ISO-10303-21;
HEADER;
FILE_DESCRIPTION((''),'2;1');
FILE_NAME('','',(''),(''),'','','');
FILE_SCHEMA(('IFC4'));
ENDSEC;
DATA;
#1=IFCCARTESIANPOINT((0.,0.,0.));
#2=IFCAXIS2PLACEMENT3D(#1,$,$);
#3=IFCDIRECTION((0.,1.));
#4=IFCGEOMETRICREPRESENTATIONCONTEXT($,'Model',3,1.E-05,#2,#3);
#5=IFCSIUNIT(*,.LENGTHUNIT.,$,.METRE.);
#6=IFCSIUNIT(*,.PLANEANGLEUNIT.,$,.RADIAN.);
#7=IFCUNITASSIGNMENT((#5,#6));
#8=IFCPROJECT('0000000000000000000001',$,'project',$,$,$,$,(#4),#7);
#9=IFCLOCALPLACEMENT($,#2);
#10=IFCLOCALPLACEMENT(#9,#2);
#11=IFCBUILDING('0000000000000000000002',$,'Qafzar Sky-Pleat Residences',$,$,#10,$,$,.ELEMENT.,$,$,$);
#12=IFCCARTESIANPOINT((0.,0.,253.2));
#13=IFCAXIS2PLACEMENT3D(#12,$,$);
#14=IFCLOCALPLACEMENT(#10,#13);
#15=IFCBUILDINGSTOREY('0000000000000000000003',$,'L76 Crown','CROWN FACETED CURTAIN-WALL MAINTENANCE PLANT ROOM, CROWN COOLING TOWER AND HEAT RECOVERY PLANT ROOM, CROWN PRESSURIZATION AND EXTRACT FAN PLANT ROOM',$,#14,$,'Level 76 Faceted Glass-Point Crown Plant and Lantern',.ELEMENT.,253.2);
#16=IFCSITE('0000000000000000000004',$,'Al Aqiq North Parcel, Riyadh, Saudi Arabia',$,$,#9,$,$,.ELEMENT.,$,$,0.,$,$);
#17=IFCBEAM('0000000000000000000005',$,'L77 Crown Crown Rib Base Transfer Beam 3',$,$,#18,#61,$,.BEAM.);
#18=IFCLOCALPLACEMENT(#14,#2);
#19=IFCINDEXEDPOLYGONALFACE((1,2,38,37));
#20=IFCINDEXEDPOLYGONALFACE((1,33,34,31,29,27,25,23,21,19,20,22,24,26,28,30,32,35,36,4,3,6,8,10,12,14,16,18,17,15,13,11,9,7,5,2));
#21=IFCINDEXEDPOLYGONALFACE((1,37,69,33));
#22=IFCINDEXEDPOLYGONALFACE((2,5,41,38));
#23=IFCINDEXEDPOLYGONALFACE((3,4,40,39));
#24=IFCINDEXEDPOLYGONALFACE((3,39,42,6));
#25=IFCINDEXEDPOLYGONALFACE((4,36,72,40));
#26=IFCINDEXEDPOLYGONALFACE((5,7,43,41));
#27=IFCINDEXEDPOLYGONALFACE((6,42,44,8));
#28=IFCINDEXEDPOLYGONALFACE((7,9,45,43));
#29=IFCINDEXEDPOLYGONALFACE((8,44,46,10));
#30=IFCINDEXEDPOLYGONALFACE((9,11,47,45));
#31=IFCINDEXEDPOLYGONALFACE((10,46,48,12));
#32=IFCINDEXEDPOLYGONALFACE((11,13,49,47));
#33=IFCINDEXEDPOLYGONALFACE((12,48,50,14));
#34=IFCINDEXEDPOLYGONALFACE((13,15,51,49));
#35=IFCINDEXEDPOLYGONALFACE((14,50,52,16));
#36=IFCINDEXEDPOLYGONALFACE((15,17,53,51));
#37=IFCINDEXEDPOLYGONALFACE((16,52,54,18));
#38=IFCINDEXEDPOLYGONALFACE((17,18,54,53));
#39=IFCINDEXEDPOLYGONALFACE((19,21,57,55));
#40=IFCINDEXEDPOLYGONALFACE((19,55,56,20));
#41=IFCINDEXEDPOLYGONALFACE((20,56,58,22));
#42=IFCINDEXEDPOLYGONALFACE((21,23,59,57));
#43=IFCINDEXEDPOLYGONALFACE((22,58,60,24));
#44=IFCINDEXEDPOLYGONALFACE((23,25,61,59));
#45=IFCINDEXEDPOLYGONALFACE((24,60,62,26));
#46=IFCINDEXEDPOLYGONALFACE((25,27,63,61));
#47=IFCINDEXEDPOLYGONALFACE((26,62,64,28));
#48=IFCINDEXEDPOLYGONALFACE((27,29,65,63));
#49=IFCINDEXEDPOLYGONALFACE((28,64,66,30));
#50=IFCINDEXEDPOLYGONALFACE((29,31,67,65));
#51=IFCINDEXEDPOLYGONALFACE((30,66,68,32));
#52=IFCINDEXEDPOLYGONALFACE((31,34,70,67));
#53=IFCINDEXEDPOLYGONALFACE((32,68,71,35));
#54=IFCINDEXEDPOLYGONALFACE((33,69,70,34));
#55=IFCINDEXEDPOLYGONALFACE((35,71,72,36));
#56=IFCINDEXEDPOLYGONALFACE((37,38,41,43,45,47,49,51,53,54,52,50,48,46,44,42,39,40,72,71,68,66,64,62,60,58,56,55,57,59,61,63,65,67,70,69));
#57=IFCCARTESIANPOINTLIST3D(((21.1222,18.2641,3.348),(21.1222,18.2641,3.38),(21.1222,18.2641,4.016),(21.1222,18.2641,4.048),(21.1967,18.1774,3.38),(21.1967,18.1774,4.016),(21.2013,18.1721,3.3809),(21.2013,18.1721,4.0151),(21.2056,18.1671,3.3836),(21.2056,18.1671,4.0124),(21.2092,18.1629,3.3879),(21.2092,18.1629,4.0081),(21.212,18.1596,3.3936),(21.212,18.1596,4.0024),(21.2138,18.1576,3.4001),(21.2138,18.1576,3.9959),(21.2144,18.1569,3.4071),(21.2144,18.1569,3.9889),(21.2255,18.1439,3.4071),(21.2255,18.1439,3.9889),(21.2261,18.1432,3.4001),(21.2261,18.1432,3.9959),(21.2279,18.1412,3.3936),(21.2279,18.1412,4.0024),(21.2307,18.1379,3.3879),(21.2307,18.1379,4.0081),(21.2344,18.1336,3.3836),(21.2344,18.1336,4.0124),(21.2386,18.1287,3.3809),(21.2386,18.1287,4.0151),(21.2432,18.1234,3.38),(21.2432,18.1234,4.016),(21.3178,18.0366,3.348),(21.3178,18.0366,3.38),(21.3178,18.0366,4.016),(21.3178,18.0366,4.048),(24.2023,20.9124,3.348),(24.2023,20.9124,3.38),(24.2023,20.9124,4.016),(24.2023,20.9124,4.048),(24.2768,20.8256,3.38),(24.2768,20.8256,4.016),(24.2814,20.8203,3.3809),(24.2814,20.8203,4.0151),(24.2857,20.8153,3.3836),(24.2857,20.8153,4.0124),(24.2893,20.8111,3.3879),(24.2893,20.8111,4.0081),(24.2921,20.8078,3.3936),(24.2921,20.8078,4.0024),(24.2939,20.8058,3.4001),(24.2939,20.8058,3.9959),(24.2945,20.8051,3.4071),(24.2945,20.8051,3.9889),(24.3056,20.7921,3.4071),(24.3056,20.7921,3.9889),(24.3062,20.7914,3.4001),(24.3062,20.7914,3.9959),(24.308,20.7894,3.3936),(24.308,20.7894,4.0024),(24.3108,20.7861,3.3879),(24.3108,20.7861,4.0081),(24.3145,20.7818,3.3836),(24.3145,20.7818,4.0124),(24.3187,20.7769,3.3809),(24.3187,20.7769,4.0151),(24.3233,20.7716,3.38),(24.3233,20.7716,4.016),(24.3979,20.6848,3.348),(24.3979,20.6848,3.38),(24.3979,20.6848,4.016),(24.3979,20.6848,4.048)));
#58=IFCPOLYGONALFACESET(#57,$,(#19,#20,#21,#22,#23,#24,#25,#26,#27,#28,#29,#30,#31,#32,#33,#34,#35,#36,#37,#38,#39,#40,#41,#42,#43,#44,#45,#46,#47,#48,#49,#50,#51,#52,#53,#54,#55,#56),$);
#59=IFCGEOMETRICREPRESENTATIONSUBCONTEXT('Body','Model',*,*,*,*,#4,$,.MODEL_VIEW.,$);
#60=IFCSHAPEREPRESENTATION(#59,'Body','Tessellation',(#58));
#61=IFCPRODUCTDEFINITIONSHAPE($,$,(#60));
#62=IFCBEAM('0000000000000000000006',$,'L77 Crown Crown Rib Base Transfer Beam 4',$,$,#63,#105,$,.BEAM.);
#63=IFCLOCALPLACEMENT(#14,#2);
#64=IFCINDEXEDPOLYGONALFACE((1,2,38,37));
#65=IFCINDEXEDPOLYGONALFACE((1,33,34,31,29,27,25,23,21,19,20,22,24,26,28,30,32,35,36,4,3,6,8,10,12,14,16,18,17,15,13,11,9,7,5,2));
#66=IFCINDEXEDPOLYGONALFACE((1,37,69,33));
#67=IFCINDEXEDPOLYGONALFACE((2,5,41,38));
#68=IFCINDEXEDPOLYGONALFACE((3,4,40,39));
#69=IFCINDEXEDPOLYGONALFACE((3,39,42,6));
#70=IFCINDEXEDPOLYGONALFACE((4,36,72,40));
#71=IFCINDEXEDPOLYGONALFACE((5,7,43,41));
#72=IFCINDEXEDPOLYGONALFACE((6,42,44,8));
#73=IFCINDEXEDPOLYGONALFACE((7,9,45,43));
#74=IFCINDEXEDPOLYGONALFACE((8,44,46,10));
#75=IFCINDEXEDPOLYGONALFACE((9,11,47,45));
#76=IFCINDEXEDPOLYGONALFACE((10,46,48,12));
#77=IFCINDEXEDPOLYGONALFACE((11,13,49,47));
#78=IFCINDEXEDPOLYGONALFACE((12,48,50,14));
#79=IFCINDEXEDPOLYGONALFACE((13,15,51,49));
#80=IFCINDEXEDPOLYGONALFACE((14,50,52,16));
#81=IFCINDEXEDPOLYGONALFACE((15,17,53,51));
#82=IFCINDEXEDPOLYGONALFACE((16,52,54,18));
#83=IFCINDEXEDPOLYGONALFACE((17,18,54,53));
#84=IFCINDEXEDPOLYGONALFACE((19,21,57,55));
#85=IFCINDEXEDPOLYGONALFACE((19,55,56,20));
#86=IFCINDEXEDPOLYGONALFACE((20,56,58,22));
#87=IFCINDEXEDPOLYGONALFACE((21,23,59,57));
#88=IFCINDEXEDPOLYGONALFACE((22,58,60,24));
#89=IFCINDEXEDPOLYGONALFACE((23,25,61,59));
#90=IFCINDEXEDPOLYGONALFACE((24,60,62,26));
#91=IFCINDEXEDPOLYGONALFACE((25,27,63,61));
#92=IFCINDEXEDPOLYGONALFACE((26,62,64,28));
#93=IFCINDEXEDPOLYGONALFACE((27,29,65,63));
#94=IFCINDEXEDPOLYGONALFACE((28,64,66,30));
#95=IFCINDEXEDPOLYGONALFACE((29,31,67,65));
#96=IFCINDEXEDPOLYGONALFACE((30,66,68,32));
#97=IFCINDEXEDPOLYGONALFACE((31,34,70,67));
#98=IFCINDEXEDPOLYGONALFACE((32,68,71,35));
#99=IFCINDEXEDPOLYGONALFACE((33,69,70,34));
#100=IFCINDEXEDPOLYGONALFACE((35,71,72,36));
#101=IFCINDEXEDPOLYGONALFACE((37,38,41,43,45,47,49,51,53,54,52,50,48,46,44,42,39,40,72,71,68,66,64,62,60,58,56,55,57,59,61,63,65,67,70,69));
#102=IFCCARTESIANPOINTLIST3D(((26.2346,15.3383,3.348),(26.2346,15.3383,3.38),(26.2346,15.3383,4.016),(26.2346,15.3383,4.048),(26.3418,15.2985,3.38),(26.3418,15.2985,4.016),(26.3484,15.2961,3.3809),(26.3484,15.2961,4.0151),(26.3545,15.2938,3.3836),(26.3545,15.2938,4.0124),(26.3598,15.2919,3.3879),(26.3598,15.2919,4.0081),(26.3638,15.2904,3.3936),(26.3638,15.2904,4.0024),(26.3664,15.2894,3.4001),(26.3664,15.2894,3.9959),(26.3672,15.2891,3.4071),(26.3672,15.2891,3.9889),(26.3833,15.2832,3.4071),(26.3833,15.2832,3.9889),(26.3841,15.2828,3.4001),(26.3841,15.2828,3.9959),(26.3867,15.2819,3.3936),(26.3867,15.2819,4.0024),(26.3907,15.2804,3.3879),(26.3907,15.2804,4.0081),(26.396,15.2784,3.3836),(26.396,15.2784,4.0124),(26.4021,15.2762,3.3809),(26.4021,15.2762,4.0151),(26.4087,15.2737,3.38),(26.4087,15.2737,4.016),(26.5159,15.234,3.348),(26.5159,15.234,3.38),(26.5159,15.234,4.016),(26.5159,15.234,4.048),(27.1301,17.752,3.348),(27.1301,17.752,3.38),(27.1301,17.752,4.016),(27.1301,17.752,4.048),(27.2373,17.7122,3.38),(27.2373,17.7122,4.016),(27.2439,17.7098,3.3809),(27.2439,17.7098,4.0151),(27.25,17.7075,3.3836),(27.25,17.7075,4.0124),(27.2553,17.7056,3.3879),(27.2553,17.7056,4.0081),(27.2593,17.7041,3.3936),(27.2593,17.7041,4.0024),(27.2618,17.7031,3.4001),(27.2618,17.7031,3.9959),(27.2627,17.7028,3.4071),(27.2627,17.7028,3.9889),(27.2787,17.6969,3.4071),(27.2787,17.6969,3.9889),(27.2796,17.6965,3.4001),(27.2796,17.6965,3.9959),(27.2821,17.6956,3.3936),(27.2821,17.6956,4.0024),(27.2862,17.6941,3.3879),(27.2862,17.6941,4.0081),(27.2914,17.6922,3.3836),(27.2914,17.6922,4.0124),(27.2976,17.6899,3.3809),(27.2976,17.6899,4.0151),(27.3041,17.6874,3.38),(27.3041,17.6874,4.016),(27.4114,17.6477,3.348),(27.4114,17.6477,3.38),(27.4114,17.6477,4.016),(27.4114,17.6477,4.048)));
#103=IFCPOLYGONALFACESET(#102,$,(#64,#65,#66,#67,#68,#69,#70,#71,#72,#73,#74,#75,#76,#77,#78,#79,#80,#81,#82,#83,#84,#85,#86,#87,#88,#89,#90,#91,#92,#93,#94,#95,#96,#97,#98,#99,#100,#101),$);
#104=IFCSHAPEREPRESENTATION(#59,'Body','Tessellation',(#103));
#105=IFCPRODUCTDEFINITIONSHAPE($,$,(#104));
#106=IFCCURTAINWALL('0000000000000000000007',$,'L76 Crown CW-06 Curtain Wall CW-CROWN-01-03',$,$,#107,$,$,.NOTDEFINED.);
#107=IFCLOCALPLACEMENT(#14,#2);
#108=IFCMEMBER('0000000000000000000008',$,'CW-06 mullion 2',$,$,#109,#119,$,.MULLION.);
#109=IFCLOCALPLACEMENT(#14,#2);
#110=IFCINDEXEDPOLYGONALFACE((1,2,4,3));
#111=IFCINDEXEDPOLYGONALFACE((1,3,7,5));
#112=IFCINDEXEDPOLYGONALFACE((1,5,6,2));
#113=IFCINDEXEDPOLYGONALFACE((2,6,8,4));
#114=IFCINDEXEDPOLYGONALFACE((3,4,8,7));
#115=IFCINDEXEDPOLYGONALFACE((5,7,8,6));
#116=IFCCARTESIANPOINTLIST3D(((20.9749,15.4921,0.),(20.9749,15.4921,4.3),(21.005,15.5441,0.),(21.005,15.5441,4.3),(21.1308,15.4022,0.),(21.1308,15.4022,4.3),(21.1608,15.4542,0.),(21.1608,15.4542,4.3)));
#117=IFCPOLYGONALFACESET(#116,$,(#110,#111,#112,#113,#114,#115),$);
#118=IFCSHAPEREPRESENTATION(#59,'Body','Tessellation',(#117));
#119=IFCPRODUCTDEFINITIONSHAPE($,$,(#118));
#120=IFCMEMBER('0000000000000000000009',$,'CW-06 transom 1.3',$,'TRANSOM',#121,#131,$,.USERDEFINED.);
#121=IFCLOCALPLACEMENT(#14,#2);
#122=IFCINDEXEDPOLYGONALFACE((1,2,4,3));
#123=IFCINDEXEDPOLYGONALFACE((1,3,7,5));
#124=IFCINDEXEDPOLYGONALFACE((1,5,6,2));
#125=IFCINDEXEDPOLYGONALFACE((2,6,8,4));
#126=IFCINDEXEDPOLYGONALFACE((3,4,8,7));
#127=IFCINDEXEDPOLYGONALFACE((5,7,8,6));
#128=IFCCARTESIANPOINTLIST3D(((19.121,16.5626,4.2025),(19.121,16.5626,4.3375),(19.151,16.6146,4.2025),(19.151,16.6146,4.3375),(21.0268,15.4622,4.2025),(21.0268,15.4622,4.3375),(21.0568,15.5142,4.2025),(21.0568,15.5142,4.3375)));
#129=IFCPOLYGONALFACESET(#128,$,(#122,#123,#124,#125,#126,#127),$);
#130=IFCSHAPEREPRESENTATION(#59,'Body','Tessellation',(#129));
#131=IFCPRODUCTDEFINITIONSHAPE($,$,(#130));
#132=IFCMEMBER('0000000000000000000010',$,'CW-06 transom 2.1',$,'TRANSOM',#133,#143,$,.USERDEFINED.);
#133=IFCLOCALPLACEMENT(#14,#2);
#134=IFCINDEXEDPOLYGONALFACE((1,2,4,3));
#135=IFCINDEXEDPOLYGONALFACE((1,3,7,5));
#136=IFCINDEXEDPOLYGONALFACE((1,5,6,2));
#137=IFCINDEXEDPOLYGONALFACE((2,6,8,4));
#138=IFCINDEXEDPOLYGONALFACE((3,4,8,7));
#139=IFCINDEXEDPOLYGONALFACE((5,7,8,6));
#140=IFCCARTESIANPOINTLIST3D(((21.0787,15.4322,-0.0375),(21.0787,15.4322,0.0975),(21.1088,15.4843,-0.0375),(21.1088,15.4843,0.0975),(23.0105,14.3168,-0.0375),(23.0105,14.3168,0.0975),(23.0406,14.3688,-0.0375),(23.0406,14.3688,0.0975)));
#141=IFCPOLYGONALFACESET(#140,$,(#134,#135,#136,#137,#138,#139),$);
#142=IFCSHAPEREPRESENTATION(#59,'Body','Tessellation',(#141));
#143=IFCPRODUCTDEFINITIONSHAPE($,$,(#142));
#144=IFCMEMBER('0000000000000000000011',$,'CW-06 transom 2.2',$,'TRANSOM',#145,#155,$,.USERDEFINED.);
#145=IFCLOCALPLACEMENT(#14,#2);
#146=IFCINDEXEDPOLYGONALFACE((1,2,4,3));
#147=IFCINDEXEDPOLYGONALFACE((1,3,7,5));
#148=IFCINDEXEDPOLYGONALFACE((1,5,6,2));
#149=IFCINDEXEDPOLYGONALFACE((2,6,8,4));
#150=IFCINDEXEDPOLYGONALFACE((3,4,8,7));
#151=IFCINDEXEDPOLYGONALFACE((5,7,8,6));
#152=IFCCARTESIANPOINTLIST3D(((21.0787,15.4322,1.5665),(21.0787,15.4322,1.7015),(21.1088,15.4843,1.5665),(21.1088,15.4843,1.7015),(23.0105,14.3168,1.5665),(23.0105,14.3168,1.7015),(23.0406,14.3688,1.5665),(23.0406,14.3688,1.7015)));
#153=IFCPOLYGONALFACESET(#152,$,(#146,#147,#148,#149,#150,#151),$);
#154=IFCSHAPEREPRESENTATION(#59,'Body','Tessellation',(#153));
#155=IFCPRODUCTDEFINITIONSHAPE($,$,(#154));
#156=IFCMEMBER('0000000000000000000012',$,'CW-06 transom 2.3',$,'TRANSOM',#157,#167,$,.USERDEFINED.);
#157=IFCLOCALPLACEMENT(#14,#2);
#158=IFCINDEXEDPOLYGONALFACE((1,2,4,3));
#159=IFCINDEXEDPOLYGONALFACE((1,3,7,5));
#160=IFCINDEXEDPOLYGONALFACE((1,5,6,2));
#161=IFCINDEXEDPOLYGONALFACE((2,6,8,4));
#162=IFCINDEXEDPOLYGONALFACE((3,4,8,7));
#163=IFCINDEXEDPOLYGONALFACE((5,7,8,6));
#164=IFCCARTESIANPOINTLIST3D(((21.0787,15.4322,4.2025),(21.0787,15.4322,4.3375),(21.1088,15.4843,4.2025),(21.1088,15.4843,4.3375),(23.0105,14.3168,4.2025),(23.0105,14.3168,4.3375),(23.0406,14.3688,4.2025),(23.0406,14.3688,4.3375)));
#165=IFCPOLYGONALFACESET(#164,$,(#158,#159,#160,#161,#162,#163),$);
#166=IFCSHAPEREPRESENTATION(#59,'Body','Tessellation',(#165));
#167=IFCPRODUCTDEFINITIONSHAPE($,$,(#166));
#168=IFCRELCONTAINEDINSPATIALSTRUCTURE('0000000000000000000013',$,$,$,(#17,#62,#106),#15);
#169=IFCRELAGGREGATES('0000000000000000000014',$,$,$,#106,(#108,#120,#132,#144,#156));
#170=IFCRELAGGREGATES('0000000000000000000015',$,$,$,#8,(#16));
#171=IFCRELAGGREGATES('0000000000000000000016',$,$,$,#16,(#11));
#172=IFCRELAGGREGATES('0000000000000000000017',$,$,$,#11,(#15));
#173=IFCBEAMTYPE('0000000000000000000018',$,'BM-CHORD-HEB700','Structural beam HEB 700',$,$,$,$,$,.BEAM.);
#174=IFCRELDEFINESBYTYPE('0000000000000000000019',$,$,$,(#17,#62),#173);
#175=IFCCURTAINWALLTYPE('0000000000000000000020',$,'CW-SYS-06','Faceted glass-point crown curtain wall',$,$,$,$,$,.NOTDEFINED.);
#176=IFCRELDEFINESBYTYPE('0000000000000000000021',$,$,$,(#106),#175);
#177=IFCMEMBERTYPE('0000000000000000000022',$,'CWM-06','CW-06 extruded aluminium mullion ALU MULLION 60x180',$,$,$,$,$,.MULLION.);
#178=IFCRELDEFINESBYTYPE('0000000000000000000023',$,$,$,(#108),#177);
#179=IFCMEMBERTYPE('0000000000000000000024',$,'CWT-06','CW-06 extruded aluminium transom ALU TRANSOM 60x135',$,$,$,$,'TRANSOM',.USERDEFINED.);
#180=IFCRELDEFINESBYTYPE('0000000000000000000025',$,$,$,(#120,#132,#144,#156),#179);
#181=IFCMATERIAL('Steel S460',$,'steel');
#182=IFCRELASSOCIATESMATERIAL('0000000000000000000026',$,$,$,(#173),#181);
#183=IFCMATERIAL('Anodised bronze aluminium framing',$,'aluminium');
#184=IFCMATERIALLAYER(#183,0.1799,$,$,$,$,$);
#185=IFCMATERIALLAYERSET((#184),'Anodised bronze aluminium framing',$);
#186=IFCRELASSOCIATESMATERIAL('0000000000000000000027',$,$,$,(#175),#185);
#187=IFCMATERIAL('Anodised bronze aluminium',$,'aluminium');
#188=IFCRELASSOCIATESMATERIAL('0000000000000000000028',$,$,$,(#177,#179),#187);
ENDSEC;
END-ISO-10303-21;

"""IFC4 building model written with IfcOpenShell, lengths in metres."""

from ifc_helpers import new_model, si_unit, direction, frame, origin, origin_2d, place, context, subcontext, project, spatial, rectangle, i_section, extrude, source, transform, mapped, material, layer, layer_set, material_profile, profile_set, type_object, element, aggregate, save


model = new_model("IFC4")

# Units and contexts
model_context = context("Model", 3, precision=1e-05, world=origin(), true_north=direction((0.0, 1.0)))
body_context = subcontext(model_context, "Body", "Model", "MODEL_VIEW")
ifc_project = project(units=[si_unit("LENGTHUNIT", "METRE"), si_unit("PLANEANGLEUNIT", "RADIAN")], contexts=[model_context])

# Site, building, storey
site_placement = place(None, origin())
site = spatial("IfcSite", under=ifc_project, at=site_placement, Name="Al Aqiq North Parcel, Riyadh, Saudi Arabia", CompositionType="ELEMENT", RefElevation=0.0)
building_placement = place(site_placement, origin())
building = spatial("IfcBuilding", under=site, at=building_placement, Name="Qafzar Sky-Pleat Residences", CompositionType="ELEMENT")
storey_placement = place(building_placement, frame((0.0, 0.0, 253.2)))
storey = spatial("IfcBuildingStorey", under=building, at=storey_placement, Name="L76 Crown", Description="CROWN FACETED CURTAIN-WALL MAINTENANCE PLANT ROOM, CROWN COOLING TOWER AND HEAT RECOVERY PLANT ROOM, CROWN PRESSURIZATION AND EXTRACT FAN PLANT ROOM", LongName="Level 76 Faceted Glass-Point Crown Plant and Lantern", CompositionType="ELEMENT", Elevation=253.2)

# Shared definitions
ifc_material_1 = material(Name="Steel S460", Category="steel")

# Beams
ifc_material_profile_1 = material_profile(ifc_material_1, i_section(OverallWidth=0.3, OverallDepth=0.7, WebThickness=0.0171, FlangeThickness=0.032, FilletRadius=0.0271, at=origin_2d()), Name="HEB 700")
ifc_profile_set_1 = profile_set([ifc_material_profile_1], Name="Steel S460")
beam_type = type_object("IfcBeamType", Name="BM-CHORD-HEB700", Description="Structural beam HEB 700", PredefinedType="BEAM", material=ifc_profile_set_1)
shared_shape_1 = source(origin(), body_context, "Body", "SweptSolid", [
    extrude(i_section(OverallWidth=0.3, OverallDepth=0.7, WebThickness=0.0171, FlangeThickness=0.032, FilletRadius=0.0271, at=origin_2d()), origin(), (0.0, 0.0, 1.0), 4.062),
])
beam_1_placement = place(storey_placement, frame((21.22, 18.1504, 3.698), z_axis=(0.758267, 0.651944, 0.0), x_axis=(-0.651944, 0.758267, 0.0)))
element("IfcBeam", 1, at=beam_1_placement, inside=storey, type_object=beam_type, Name="L77 Crown Crown Rib Base Transfer Beam 3", PredefinedType="BEAM", context=body_context, shape_type="MappedRepresentation", body=[
    mapped(shared_shape_1, transform((0.0, 0.0, 0.0), x_axis=(1.0, 0.0, 0.0), y_axis=(0.0, 1.0, 0.0), z_axis=(0.0, 0.0, 1.0), scale=1.0)),
])
shared_shape_2 = source(origin(), body_context, "Body", "SweptSolid", [
    extrude(i_section(OverallWidth=0.3, OverallDepth=0.7, WebThickness=0.0171, FlangeThickness=0.032, FilletRadius=0.0271, at=origin_2d()), origin(), (0.0, 0.0, 1.0), 2.5745),
])
beam_2_placement = place(storey_placement, frame((26.3752, 15.2861, 3.698), z_axis=(0.347827, 0.937559, 0.0), x_axis=(-0.937559, 0.347827, 0.0)))
element("IfcBeam", 2, at=beam_2_placement, inside=storey, type_object=beam_type, Name="L77 Crown Crown Rib Base Transfer Beam 4", PredefinedType="BEAM", context=body_context, shape_type="MappedRepresentation", body=[
    mapped(shared_shape_2, transform((0.0, 0.0, 0.0), x_axis=(1.0, 0.0, 0.0), y_axis=(0.0, 1.0, 0.0), z_axis=(0.0, 0.0, 1.0), scale=1.0)),
])

# Curtain wall, members
ifc_material_2 = material(Name="Anodised bronze aluminium framing", Category="aluminium")
ifc_layer_1 = layer(ifc_material_2, 0.1799)
ifc_layer_set_1 = layer_set([ifc_layer_1], Name="Anodised bronze aluminium framing")
curtain_wall_type = type_object("IfcCurtainWallType", Name="CW-SYS-06", Description="Faceted glass-point crown curtain wall", PredefinedType="NOTDEFINED", material=ifc_layer_set_1)
curtain_wall_placement = place(storey_placement, origin())
curtain_wall = element("IfcCurtainWall", 3, at=curtain_wall_placement, inside=storey, type_object=curtain_wall_type, Name="L76 Crown CW-06 Curtain Wall CW-CROWN-01-03", PredefinedType="NOTDEFINED")
ifc_material_3 = material(Name="Anodised bronze aluminium", Category="aluminium")
ifc_material_profile_2 = material_profile(ifc_material_3, rectangle(XDim=0.0601, YDim=0.1799, at=origin_2d()), Name="ALU MULLION 60x180")
ifc_profile_set_2 = profile_set([ifc_material_profile_2], Name="Anodised bronze aluminium")
member_type_1 = type_object("IfcMemberType", Name="CWM-06", Description="CW-06 extruded aluminium mullion ALU MULLION 60x180", PredefinedType="MULLION", material=ifc_profile_set_2)
shared_shape_3 = source(origin(), body_context, "Body", "SweptSolid", [
    extrude(rectangle(XDim=0.0601, YDim=0.1799, at=origin_2d()), origin(), (0.0, 0.0, 1.0), 4.3),
])
member_1_placement = place(storey_placement, frame((21.0679, 15.4731, 0.0), z_axis=(0.0, 0.0, 1.0), x_axis=(0.5, 0.866025, 0.0)))
member_1 = element("IfcMember", 4, at=member_1_placement, type_object=member_type_1, Name="CW-06 mullion 2", PredefinedType="MULLION", context=body_context, shape_type="MappedRepresentation", body=[
    mapped(shared_shape_3, transform((0.0, 0.0, 0.0), x_axis=(1.0, 0.0, 0.0), y_axis=(0.0, 1.0, 0.0), z_axis=(0.0, 0.0, 1.0), scale=1.0)),
])
ifc_material_profile_3 = material_profile(ifc_material_3, rectangle(XDim=0.0601, YDim=0.135, at=origin_2d()), Name="ALU TRANSOM 60x135")
ifc_profile_set_3 = profile_set([ifc_material_profile_3], Name="Anodised bronze aluminium")
member_type_2 = type_object("IfcMemberType", Name="CWT-06", Description="CW-06 extruded aluminium transom ALU TRANSOM 60x135", ElementType="TRANSOM", PredefinedType="USERDEFINED", material=ifc_profile_set_3)
shared_shape_4 = source(origin(), body_context, "Body", "SweptSolid", [
    extrude(rectangle(XDim=0.0601, YDim=0.135, at=origin_2d()), origin(), (0.0, 0.0, 1.0), 2.2007),
])
member_2_placement = place(storey_placement, frame((19.136, 16.5886, 4.27), z_axis=(0.866016, -0.500017, 0.0), x_axis=(0.500017, 0.866016, 0.0)))
member_2 = element("IfcMember", 5, at=member_2_placement, type_object=member_type_2, Name="CW-06 transom 1.3", ObjectType="TRANSOM", PredefinedType="USERDEFINED", context=body_context, shape_type="MappedRepresentation", body=[
    mapped(shared_shape_4, transform((0.0, 0.0, 0.0), x_axis=(1.0, 0.0, 0.0), y_axis=(0.0, 1.0, 0.0), z_axis=(0.0, 0.0, 1.0), scale=1.0)),
])
shared_shape_5 = source(origin(), body_context, "Body", "SweptSolid", [
    extrude(rectangle(XDim=0.0601, YDim=0.135, at=origin_2d()), origin(), (0.0, 0.0, 1.0), 2.2307),
])
member_3_placement = place(storey_placement, frame((21.0938, 15.4583, 0.03), z_axis=(0.866005, -0.500035, 0.0), x_axis=(0.500035, 0.866005, 0.0)))
member_3 = element("IfcMember", 6, at=member_3_placement, type_object=member_type_2, Name="CW-06 transom 2.1", ObjectType="TRANSOM", PredefinedType="USERDEFINED", context=body_context, shape_type="MappedRepresentation", body=[
    mapped(shared_shape_5, transform((0.0, 0.0, 0.0), x_axis=(1.0, 0.0, 0.0), y_axis=(0.0, 1.0, 0.0), z_axis=(0.0, 0.0, 1.0), scale=1.0)),
])
member_4_placement = place(storey_placement, frame((21.0938, 15.4583, 1.634), z_axis=(0.866005, -0.500035, 0.0), x_axis=(0.500035, 0.866005, 0.0)))
member_4 = element("IfcMember", 7, at=member_4_placement, type_object=member_type_2, Name="CW-06 transom 2.2", ObjectType="TRANSOM", PredefinedType="USERDEFINED", context=body_context, shape_type="MappedRepresentation", body=[
    mapped(shared_shape_5, transform((0.0, 0.0, 0.0), x_axis=(1.0, 0.0, 0.0), y_axis=(0.0, 1.0, 0.0), z_axis=(0.0, 0.0, 1.0), scale=1.0)),
])
member_5_placement = place(storey_placement, frame((21.0938, 15.4583, 4.27), z_axis=(0.866005, -0.500035, 0.0), x_axis=(0.500035, 0.866005, 0.0)))
member_5 = element("IfcMember", 8, at=member_5_placement, type_object=member_type_2, Name="CW-06 transom 2.3", ObjectType="TRANSOM", PredefinedType="USERDEFINED", context=body_context, shape_type="MappedRepresentation", body=[
    mapped(shared_shape_5, transform((0.0, 0.0, 0.0), x_axis=(1.0, 0.0, 0.0), y_axis=(0.0, 1.0, 0.0), z_axis=(0.0, 0.0, 1.0), scale=1.0)),
])

aggregate(curtain_wall, [member_1, member_2, member_3, member_4, member_5])

save(model, "model.ifc")
